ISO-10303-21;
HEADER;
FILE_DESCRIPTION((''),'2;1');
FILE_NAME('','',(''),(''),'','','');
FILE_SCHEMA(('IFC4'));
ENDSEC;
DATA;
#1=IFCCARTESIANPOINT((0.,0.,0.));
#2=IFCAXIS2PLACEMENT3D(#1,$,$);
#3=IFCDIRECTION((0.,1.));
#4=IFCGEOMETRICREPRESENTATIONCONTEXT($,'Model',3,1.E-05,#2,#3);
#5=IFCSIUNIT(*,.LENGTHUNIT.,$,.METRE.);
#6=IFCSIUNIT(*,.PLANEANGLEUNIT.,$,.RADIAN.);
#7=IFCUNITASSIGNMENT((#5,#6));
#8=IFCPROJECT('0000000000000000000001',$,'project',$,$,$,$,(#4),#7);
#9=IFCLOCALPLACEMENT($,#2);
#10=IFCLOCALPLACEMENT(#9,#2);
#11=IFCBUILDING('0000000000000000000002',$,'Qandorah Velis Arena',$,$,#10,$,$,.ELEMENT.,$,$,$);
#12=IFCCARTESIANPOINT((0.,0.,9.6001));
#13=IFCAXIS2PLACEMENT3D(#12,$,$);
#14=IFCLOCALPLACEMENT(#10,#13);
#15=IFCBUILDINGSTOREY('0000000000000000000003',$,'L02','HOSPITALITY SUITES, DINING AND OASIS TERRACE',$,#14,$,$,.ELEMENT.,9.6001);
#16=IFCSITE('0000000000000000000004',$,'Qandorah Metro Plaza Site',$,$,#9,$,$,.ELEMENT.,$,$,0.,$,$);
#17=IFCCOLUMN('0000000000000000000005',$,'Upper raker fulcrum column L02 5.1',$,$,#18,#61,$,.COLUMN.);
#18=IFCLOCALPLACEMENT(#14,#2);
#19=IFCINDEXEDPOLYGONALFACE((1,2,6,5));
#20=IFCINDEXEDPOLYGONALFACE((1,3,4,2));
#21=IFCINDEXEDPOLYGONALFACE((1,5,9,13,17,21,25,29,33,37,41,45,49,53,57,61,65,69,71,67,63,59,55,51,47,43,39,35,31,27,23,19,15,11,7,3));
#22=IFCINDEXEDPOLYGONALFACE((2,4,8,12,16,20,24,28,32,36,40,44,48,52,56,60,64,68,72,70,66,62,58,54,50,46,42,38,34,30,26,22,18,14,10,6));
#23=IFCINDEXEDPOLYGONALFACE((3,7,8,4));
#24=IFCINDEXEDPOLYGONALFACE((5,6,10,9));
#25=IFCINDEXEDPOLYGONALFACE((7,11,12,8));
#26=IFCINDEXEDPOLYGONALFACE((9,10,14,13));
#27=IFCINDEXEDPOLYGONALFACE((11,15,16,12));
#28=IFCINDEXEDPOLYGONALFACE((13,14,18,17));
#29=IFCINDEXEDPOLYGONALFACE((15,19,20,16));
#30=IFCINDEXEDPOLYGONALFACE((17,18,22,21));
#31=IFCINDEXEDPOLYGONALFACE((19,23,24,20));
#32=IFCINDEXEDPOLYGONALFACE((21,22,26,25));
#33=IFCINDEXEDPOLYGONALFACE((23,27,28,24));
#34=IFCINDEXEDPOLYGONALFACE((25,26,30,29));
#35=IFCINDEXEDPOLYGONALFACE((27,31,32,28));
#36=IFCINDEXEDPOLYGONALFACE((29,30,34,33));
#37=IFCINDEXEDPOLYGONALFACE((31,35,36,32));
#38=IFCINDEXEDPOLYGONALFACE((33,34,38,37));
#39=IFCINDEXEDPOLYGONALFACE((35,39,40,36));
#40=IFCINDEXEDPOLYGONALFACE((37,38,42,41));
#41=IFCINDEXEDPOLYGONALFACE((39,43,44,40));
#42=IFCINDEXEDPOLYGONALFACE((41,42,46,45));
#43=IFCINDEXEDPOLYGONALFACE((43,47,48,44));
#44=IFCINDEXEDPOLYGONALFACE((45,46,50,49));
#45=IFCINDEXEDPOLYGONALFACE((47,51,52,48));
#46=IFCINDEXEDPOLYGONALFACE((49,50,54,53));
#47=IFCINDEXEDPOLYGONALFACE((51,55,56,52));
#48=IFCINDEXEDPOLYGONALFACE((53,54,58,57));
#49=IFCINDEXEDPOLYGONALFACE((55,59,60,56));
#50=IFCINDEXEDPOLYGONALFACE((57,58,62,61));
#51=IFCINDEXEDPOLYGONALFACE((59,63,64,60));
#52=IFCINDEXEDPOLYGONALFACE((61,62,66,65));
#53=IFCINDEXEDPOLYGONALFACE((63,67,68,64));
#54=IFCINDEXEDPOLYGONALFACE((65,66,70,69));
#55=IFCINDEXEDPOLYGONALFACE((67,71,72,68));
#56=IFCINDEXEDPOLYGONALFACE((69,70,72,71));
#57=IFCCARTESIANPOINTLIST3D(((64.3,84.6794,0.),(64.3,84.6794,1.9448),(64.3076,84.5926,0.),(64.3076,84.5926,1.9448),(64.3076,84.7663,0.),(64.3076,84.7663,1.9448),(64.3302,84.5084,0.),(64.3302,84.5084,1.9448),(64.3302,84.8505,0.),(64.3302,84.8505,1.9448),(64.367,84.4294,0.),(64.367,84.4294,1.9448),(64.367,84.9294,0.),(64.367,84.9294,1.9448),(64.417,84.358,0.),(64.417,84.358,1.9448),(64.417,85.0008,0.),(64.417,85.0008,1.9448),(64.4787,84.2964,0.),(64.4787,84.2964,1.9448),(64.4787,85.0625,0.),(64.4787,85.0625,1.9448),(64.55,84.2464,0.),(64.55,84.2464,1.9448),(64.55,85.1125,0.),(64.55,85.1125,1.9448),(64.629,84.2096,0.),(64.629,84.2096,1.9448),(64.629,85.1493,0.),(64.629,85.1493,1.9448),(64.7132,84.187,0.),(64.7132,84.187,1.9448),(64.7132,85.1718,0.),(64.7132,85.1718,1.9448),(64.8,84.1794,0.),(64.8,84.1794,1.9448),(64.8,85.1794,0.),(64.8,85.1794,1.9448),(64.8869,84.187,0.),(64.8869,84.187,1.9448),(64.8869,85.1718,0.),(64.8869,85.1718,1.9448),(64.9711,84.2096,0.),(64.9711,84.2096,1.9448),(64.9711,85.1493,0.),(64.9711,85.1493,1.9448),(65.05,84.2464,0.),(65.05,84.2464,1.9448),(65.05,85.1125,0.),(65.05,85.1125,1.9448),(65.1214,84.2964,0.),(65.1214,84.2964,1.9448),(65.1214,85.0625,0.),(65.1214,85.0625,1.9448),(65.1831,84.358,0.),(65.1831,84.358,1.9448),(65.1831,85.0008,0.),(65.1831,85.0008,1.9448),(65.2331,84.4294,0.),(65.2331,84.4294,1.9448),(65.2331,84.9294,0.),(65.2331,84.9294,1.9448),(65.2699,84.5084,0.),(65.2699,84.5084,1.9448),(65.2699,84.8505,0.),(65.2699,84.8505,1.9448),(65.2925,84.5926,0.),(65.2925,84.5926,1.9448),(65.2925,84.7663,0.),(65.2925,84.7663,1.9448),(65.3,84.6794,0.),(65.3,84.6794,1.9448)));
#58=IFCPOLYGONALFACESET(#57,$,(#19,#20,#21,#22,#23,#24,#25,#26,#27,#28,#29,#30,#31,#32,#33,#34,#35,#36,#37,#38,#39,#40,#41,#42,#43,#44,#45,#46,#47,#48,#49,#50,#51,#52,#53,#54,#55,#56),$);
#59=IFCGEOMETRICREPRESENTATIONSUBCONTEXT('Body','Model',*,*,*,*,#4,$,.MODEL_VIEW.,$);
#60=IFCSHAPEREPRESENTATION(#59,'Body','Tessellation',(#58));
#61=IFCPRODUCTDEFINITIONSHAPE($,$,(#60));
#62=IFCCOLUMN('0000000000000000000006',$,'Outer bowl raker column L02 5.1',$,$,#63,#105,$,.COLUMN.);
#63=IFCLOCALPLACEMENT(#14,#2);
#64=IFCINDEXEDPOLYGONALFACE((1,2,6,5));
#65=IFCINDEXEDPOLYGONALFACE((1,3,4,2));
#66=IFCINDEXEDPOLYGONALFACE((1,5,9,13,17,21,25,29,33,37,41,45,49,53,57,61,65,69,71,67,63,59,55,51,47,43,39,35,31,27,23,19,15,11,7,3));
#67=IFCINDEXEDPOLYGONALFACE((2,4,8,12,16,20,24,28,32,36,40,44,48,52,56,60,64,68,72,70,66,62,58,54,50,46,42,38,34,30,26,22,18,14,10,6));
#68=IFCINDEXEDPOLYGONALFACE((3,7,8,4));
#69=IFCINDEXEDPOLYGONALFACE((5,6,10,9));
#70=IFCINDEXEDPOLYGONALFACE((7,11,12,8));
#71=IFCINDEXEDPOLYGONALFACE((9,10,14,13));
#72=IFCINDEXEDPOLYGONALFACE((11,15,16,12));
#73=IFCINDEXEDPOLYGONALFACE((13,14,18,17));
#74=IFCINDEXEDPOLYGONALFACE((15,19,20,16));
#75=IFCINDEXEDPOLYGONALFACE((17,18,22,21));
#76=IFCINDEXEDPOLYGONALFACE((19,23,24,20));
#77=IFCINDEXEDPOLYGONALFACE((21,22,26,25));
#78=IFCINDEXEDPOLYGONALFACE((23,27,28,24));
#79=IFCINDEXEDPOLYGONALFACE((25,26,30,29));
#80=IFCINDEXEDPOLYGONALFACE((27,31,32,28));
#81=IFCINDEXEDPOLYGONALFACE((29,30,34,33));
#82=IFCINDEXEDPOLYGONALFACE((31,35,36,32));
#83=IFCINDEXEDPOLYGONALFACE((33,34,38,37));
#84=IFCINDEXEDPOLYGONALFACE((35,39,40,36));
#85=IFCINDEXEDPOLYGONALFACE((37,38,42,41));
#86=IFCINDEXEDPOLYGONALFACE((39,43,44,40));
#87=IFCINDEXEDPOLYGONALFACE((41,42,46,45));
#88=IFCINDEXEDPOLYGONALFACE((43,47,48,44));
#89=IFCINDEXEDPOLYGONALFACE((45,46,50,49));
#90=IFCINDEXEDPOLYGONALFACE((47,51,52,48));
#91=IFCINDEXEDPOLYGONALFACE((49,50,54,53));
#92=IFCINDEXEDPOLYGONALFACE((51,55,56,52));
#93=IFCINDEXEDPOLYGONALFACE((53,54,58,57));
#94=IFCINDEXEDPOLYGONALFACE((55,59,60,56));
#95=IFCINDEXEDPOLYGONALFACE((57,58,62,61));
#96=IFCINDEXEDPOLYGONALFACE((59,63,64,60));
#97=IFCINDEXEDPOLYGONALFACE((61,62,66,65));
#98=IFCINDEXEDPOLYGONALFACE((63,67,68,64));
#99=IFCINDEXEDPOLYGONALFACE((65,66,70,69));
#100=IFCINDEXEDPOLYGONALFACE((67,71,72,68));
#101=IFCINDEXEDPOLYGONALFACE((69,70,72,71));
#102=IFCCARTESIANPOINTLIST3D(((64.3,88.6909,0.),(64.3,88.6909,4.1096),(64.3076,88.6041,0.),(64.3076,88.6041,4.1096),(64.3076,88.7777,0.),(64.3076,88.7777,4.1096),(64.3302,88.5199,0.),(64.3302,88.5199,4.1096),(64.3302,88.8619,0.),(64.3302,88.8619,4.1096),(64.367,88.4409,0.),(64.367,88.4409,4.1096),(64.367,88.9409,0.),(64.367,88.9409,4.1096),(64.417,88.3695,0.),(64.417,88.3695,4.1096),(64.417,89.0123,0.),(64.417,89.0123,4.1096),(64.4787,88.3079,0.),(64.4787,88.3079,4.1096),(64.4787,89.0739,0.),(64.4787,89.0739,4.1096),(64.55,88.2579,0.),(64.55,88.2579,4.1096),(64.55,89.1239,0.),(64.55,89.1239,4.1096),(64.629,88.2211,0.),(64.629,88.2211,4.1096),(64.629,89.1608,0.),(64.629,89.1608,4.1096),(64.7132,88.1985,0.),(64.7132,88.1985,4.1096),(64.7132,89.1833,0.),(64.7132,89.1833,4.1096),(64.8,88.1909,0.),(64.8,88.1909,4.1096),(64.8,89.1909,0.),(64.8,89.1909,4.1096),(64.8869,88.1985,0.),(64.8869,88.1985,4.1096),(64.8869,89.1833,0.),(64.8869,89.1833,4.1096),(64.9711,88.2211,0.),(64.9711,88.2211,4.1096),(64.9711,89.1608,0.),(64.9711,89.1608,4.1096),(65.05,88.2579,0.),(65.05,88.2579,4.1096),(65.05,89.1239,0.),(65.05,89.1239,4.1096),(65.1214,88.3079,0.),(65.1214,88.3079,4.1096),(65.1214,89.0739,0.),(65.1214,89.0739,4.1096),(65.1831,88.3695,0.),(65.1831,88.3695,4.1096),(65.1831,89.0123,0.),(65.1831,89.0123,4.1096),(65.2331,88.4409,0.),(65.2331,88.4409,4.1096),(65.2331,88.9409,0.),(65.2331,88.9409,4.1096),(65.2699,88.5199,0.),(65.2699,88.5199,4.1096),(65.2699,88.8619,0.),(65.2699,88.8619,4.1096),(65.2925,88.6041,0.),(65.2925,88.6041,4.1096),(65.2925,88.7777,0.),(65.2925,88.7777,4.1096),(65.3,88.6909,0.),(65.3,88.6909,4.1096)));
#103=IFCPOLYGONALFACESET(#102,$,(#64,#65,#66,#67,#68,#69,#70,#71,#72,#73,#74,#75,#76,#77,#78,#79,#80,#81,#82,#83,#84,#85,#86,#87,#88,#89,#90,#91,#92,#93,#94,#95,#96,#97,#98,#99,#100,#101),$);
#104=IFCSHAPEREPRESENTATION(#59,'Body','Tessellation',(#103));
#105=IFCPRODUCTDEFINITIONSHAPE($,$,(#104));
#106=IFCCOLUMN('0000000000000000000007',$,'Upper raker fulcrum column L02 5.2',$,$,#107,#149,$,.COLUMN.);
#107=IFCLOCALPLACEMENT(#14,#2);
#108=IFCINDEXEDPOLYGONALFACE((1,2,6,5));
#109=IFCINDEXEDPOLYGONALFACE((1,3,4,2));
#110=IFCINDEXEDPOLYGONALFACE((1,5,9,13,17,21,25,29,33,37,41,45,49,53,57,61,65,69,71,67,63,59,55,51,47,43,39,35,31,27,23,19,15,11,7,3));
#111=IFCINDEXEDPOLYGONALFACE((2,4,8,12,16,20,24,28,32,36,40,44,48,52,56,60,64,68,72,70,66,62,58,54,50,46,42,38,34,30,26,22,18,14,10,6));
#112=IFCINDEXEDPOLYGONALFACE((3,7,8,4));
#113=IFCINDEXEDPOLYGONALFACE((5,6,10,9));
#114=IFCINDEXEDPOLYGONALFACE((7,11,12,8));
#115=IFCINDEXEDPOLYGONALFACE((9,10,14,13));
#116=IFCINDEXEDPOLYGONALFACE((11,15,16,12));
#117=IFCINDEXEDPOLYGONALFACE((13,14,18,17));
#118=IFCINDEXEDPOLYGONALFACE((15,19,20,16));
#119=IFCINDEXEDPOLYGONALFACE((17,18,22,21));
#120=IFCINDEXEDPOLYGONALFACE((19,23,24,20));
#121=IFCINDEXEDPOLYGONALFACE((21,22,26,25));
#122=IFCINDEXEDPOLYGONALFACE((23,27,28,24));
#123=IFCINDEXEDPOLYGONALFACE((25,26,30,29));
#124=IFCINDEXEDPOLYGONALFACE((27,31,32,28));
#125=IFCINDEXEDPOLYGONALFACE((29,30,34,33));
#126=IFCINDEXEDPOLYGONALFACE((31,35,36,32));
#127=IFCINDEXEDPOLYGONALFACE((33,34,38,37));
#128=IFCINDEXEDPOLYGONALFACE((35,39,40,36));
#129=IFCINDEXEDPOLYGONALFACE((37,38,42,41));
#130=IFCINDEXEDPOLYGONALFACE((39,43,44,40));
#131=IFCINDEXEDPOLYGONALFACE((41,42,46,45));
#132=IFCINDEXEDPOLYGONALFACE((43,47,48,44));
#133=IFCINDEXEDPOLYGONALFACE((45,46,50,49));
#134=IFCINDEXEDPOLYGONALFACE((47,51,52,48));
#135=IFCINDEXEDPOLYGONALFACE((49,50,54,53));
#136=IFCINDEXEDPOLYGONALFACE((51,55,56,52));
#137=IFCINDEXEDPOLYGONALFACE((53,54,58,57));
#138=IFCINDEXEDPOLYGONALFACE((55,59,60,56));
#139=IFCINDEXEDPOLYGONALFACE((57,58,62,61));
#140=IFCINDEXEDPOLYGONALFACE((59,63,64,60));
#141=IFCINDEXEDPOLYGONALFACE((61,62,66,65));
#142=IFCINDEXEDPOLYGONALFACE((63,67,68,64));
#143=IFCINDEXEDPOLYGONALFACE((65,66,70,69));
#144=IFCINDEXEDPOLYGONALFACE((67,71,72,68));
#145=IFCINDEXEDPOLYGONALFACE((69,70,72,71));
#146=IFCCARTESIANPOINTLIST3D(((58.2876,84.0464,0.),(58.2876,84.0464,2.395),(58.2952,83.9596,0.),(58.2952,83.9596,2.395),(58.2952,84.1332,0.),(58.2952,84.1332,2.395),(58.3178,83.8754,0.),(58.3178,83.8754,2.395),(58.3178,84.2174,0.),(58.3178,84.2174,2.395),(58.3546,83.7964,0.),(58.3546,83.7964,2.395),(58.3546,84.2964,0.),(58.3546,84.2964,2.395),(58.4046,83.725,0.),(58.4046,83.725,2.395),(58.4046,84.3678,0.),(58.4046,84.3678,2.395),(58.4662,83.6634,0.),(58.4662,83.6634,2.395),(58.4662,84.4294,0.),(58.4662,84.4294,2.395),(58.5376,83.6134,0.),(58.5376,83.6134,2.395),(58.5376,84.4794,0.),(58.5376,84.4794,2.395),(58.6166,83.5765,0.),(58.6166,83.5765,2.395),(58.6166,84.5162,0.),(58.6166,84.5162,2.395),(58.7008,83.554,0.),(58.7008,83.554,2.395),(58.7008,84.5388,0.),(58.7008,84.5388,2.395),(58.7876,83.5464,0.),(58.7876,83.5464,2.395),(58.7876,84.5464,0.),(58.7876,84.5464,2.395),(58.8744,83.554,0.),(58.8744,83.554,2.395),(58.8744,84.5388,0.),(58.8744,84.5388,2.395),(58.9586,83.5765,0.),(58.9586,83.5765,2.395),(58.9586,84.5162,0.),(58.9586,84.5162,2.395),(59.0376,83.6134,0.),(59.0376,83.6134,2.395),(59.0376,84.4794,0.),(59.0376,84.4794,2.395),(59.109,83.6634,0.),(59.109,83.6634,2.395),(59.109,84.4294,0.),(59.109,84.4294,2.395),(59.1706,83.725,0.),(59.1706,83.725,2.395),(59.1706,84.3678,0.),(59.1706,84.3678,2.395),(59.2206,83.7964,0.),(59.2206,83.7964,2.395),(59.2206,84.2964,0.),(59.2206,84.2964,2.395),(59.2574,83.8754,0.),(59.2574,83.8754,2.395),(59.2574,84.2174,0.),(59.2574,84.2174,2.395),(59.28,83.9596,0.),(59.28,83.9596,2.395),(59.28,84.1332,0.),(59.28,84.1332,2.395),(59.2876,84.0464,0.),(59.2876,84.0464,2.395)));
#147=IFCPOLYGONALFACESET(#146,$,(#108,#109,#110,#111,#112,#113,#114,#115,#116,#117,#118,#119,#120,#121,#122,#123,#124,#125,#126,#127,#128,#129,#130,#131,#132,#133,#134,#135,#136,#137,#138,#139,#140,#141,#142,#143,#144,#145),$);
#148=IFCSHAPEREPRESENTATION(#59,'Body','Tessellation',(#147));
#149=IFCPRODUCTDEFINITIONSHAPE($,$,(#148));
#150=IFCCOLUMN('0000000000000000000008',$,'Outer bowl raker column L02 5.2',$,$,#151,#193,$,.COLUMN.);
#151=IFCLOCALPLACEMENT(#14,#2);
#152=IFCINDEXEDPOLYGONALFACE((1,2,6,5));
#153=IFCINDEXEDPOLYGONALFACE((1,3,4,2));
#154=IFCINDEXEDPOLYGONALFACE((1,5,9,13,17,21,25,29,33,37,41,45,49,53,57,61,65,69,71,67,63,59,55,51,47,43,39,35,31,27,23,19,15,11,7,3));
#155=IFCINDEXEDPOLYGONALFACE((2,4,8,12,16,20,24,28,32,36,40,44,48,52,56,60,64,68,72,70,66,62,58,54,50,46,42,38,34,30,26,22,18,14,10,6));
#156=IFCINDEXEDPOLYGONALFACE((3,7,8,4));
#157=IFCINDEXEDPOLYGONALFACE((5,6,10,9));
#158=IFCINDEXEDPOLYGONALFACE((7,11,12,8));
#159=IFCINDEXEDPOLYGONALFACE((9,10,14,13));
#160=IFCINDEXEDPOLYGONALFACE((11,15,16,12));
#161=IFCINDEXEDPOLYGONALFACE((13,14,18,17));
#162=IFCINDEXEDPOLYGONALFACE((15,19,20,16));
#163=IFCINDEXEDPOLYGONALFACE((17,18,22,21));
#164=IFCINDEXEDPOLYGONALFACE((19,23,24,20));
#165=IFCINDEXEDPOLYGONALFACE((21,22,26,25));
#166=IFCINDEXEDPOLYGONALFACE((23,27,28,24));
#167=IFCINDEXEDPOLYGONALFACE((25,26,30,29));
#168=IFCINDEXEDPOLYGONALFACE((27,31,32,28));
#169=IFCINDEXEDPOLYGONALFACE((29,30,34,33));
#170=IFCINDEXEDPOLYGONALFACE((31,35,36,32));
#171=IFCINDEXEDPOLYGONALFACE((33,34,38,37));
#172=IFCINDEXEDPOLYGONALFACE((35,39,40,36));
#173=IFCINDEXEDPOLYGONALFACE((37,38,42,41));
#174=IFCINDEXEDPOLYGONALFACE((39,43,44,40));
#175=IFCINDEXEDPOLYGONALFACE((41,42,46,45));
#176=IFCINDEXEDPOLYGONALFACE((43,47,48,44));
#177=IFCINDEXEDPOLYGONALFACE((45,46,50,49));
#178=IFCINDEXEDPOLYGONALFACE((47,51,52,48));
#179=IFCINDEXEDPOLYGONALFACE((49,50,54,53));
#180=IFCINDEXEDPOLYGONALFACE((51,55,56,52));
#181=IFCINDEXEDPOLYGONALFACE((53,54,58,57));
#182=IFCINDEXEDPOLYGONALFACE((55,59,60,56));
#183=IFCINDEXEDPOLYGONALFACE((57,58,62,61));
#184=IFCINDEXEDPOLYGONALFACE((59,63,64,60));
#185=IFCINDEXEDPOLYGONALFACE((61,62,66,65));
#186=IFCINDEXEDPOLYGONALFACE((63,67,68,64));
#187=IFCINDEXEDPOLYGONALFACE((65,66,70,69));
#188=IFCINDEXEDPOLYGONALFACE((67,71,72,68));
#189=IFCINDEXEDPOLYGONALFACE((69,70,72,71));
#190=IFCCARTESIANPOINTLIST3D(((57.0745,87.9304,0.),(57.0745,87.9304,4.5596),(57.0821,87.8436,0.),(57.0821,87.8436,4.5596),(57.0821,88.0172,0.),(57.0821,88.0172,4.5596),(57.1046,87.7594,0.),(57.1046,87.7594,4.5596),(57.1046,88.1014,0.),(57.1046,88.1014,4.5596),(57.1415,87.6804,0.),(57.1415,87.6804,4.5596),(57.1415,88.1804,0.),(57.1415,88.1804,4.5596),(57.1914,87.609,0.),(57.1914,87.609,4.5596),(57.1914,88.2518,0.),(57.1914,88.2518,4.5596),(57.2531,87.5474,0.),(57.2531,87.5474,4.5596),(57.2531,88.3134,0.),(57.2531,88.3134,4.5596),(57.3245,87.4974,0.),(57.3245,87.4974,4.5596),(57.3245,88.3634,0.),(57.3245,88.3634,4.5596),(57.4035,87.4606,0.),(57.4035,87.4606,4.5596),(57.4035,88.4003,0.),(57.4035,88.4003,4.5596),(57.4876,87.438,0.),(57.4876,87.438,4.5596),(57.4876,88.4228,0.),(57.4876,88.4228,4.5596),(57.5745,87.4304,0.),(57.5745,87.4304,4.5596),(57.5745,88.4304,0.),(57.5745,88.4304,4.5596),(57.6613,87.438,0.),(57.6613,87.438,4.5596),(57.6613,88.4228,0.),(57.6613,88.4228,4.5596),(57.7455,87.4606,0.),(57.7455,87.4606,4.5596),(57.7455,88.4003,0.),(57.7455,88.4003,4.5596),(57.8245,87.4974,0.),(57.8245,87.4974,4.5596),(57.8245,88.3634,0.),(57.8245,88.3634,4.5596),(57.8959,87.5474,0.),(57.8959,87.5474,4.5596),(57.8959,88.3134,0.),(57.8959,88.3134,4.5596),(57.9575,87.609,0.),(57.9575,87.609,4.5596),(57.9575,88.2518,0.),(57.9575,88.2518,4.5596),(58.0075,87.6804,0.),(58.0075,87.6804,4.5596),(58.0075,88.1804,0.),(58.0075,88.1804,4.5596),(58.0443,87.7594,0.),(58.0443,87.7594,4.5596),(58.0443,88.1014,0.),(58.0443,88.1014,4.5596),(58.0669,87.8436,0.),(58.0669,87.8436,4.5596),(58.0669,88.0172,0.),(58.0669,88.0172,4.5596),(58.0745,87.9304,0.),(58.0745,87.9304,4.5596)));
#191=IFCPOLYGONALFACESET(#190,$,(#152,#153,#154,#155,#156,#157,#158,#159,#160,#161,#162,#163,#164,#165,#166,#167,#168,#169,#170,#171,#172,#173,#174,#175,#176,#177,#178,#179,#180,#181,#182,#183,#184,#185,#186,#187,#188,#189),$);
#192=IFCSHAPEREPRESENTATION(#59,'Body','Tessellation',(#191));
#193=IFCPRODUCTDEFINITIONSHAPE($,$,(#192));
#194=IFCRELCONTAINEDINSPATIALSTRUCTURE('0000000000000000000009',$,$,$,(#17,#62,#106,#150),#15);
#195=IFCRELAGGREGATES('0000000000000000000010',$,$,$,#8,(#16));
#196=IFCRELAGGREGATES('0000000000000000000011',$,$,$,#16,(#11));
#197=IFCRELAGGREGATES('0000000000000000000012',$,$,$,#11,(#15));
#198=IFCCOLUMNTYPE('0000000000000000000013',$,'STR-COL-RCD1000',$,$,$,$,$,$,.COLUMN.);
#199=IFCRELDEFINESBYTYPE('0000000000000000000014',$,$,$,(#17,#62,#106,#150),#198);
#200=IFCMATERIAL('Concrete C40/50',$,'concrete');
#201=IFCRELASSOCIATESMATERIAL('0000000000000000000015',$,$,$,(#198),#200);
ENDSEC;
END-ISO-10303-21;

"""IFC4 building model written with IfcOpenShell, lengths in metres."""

from ifc_helpers import new_model, si_unit, direction, frame, origin, origin_2d, place, context, subcontext, project, spatial, circle, extrude, material, material_profile, profile_set, type_object, element, save


model = new_model("IFC4")

# Units and contexts
model_context = context("Model", 3, precision=1e-05, world=origin(), true_north=direction((0.0, 1.0)))
body_context = subcontext(model_context, "Body", "Model", "MODEL_VIEW")
ifc_project = project(units=[si_unit("LENGTHUNIT", "METRE"), si_unit("PLANEANGLEUNIT", "RADIAN")], contexts=[model_context])

# Site, building, storey
site_placement = place(None, origin())
site = spatial("IfcSite", under=ifc_project, at=site_placement, Name="Qandorah Metro Plaza Site", CompositionType="ELEMENT", RefElevation=0.0)
building_placement = place(site_placement, origin())
building = spatial("IfcBuilding", under=site, at=building_placement, Name="Qandorah Velis Arena", CompositionType="ELEMENT")
storey_placement = place(building_placement, frame((0.0, 0.0, 9.6001)))
storey = spatial("IfcBuildingStorey", under=building, at=storey_placement, Name="L02", Description="HOSPITALITY SUITES, DINING AND OASIS TERRACE", CompositionType="ELEMENT", Elevation=9.6001)

# Columns
ifc_material_1 = material(Name="Concrete C40/50", Category="concrete")
ifc_material_profile_1 = material_profile(ifc_material_1, circle(Radius=0.5, at=origin_2d()), Name="RC D1000")
ifc_profile_set_1 = profile_set([ifc_material_profile_1], Name="Concrete C40/50")
column_type_1 = type_object("IfcColumnType", Name="STR-COL-RCD1000", PredefinedType="COLUMN", material=ifc_profile_set_1)
column_1_placement = place(storey_placement, frame((64.8, 84.6794, 0.0), z_axis=(0.0, 0.0, 1.0), x_axis=(1.0, 0.0, 0.0)))
element("IfcColumn", 1, at=column_1_placement, inside=storey, type_object=column_type_1, Name="Upper raker fulcrum column L02 5.1", PredefinedType="COLUMN", context=body_context, shape_type="SweptSolid", body=[
    extrude(circle(Radius=0.5, at=origin_2d()), origin(), (0.0, 0.0, 1.0), 1.9448),
])
column_2_placement = place(storey_placement, frame((64.8, 88.6909, 0.0), z_axis=(0.0, 0.0, 1.0), x_axis=(1.0, 0.0, 0.0)))
element("IfcColumn", 2, at=column_2_placement, inside=storey, type_object=column_type_1, Name="Outer bowl raker column L02 5.1", PredefinedType="COLUMN", context=body_context, shape_type="SweptSolid", body=[
    extrude(circle(Radius=0.5, at=origin_2d()), origin(), (0.0, 0.0, 1.0), 4.1096),
])
column_3_placement = place(storey_placement, frame((58.7876, 84.0464, 0.0), z_axis=(0.0, 0.0, 1.0), x_axis=(1.0, 0.0, 0.0)))
element("IfcColumn", 3, at=column_3_placement, inside=storey, type_object=column_type_1, Name="Upper raker fulcrum column L02 5.2", PredefinedType="COLUMN", context=body_context, shape_type="SweptSolid", body=[
    extrude(circle(Radius=0.5, at=origin_2d()), origin(), (0.0, 0.0, 1.0), 2.395),
])
column_4_placement = place(storey_placement, frame((57.5745, 87.9304, 0.0), z_axis=(0.0, 0.0, 1.0), x_axis=(1.0, 0.0, 0.0)))
element("IfcColumn", 4, at=column_4_placement, inside=storey, type_object=column_type_1, Name="Outer bowl raker column L02 5.2", PredefinedType="COLUMN", context=body_context, shape_type="SweptSolid", body=[
    extrude(circle(Radius=0.5, at=origin_2d()), origin(), (0.0, 0.0, 1.0), 4.5596),
])

save(model, "model.ifc")
